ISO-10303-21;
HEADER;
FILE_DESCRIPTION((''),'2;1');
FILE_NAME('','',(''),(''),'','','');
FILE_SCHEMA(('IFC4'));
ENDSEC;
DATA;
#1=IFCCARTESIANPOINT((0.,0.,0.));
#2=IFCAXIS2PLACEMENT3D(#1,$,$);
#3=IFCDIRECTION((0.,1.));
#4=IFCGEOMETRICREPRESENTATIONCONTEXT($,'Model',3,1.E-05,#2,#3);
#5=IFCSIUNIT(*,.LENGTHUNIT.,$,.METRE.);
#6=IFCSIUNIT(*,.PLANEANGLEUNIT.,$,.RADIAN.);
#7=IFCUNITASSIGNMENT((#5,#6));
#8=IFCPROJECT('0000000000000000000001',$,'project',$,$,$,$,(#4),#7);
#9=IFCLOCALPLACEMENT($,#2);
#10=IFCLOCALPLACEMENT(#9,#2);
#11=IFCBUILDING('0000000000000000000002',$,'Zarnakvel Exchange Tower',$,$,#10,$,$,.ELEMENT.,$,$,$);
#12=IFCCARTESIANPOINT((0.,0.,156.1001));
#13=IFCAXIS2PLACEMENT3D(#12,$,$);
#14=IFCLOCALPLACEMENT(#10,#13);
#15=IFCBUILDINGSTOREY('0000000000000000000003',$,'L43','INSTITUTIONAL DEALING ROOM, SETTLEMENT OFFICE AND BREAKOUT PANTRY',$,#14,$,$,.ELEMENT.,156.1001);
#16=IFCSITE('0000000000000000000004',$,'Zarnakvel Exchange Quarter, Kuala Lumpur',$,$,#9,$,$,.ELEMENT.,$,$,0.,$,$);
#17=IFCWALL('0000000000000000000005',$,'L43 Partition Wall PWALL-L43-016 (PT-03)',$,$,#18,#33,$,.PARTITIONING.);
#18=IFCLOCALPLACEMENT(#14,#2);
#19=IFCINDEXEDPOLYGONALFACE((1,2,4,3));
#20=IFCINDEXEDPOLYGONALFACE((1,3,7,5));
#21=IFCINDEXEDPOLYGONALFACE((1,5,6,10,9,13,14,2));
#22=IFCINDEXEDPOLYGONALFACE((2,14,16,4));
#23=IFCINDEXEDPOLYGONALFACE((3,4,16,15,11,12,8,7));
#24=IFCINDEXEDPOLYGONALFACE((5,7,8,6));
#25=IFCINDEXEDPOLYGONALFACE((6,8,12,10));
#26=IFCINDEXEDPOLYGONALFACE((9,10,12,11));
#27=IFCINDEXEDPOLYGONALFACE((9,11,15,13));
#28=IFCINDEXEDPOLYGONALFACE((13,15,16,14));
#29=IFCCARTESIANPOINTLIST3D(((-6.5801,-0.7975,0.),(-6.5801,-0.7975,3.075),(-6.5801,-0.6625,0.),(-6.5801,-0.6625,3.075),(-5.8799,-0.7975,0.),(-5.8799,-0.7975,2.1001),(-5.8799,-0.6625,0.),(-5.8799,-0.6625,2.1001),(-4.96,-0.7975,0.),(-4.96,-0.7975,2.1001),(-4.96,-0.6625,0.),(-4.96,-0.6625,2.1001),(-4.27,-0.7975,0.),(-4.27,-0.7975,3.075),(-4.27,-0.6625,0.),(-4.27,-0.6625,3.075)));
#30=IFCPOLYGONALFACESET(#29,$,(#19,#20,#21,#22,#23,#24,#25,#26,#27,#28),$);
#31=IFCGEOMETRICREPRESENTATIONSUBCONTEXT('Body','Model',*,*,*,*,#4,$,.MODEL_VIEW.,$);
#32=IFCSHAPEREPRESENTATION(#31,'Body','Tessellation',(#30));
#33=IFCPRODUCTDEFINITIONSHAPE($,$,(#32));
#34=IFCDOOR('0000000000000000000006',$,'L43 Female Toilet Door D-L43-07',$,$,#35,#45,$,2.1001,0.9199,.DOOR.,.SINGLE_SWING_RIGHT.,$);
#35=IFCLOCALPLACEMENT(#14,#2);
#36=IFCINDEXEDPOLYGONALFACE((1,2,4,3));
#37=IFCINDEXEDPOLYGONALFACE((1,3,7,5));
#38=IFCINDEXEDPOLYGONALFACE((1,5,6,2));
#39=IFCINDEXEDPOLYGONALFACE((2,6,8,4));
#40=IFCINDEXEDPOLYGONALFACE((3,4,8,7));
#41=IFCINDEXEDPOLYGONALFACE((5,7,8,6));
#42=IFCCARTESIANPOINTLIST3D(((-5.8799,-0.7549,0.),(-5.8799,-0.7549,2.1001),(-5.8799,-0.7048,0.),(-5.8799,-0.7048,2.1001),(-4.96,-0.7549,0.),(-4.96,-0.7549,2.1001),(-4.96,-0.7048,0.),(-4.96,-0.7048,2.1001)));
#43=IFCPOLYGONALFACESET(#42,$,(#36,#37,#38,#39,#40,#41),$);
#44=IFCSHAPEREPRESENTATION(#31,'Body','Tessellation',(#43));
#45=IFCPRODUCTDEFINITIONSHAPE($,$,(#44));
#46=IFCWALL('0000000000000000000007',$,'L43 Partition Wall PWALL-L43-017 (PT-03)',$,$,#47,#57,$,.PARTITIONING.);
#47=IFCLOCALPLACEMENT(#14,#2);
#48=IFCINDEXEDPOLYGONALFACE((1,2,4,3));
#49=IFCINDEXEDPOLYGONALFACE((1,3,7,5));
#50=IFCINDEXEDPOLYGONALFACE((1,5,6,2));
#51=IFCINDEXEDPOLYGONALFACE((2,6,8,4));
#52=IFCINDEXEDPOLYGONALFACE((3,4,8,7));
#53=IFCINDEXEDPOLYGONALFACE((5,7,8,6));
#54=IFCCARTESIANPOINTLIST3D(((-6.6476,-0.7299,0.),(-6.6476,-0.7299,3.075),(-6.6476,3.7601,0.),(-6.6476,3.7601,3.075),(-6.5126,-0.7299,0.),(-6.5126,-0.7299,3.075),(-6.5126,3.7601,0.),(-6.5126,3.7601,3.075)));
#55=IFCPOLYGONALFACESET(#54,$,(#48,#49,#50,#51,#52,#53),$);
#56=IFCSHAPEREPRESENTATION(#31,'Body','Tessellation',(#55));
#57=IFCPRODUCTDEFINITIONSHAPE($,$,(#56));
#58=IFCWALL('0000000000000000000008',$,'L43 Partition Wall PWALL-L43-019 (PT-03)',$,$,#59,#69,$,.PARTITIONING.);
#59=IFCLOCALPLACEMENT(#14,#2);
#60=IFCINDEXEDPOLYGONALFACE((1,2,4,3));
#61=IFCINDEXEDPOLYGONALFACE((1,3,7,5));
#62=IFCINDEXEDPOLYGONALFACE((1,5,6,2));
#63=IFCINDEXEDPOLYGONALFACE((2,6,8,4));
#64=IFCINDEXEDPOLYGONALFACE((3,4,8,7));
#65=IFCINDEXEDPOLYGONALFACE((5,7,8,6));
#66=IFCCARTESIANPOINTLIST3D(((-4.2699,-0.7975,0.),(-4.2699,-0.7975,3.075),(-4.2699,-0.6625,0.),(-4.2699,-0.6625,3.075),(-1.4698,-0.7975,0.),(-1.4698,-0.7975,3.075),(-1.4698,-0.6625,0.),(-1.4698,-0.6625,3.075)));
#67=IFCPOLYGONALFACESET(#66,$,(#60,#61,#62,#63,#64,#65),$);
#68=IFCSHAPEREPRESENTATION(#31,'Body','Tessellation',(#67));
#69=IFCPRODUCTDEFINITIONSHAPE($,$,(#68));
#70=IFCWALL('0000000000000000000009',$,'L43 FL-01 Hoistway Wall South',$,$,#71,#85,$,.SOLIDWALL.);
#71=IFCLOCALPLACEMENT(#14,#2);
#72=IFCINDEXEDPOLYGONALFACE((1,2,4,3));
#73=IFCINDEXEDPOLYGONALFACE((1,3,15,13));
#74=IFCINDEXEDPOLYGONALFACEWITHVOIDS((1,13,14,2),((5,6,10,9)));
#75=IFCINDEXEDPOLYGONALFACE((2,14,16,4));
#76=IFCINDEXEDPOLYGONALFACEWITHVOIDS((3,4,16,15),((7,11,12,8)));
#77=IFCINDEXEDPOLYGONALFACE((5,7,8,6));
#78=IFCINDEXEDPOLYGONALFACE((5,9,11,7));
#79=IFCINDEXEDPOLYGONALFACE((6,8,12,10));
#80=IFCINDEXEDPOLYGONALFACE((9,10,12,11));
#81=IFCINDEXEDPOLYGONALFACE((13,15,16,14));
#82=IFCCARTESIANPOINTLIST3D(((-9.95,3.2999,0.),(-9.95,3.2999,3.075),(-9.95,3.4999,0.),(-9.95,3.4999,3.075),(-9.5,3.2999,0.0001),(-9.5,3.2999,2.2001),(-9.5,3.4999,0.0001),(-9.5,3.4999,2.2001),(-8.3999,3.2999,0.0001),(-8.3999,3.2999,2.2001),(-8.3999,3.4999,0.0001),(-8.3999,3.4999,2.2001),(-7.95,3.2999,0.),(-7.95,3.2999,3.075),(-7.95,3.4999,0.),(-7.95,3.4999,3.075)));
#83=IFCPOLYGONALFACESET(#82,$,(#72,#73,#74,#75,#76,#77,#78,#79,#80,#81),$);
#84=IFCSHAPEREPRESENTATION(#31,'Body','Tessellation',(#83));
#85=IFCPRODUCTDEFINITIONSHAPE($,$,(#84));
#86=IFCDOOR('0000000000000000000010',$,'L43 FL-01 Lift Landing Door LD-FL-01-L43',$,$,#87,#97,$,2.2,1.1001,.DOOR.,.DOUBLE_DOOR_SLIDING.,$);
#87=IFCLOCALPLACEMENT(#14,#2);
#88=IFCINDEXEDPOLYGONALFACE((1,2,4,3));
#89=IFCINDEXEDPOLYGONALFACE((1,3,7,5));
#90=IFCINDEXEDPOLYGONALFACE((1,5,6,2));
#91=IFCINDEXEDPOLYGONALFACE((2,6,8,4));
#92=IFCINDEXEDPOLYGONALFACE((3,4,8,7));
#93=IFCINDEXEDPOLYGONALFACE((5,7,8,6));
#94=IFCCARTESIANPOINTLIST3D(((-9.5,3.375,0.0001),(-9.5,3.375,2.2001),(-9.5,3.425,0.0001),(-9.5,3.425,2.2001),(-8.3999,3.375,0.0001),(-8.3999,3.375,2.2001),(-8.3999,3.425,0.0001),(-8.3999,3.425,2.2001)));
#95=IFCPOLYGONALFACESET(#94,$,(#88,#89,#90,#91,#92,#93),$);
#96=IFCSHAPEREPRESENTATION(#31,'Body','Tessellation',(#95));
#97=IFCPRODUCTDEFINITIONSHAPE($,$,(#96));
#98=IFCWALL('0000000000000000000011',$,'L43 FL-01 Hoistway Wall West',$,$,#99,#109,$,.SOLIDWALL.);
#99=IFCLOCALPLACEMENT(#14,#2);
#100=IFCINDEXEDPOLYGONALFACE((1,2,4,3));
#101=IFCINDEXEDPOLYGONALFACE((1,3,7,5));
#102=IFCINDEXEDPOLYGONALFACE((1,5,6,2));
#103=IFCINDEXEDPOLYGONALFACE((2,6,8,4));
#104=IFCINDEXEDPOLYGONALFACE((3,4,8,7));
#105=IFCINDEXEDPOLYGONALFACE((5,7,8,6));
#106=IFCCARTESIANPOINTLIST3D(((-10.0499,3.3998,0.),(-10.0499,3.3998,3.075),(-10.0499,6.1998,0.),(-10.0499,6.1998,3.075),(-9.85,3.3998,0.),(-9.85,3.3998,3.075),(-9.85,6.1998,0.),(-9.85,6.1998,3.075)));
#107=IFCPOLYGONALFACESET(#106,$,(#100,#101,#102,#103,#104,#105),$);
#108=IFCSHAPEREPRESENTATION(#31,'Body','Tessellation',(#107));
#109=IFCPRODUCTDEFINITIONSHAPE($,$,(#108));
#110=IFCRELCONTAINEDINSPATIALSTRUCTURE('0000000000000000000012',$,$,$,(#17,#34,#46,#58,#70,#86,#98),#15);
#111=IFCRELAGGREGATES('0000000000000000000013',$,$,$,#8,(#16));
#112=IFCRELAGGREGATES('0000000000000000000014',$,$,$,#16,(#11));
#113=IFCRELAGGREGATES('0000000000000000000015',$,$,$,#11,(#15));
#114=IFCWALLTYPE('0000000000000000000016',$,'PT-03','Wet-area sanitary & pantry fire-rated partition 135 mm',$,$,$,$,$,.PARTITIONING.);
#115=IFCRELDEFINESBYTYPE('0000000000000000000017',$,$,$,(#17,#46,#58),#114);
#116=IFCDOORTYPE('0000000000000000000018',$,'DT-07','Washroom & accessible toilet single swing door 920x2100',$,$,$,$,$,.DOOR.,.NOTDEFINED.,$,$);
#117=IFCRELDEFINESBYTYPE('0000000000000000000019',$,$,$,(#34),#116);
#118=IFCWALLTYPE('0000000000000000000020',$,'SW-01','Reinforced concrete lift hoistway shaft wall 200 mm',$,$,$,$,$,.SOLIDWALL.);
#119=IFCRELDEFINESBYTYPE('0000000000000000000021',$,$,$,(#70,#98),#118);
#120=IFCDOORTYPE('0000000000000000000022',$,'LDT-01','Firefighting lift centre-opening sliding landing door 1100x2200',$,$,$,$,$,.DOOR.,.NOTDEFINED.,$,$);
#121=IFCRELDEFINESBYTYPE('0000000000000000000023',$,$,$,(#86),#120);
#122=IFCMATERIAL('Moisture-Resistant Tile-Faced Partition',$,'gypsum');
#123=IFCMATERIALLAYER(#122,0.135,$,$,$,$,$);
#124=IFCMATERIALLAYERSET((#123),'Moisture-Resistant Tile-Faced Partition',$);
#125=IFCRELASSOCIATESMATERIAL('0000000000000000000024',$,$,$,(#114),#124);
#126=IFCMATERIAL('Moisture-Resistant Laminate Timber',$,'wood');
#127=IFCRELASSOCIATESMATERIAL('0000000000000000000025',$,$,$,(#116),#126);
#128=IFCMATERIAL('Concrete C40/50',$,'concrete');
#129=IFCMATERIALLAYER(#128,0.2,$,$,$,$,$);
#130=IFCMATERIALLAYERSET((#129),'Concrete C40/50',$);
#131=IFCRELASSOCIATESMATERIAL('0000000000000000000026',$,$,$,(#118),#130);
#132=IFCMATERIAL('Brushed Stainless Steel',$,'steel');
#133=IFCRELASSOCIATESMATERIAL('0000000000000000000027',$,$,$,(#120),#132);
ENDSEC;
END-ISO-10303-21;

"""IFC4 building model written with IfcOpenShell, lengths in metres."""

from ifc_helpers import new_model, si_unit, direction, frame, frame_2d, origin, place, context, subcontext, project, spatial, rectangle, extrude, source, transform, mapped, material, layer, layer_set, type_object, element, fill, save


model = new_model("IFC4")

# Units and contexts
model_context = context("Model", 3, precision=1e-05, world=origin(), true_north=direction((0.0, 1.0)))
body_context = subcontext(model_context, "Body", "Model", "MODEL_VIEW")
ifc_project = project(units=[si_unit("LENGTHUNIT", "METRE"), si_unit("PLANEANGLEUNIT", "RADIAN")], contexts=[model_context])

# Site, building, storey
site_placement = place(None, origin())
site = spatial("IfcSite", under=ifc_project, at=site_placement, Name="Zarnakvel Exchange Quarter, Kuala Lumpur", CompositionType="ELEMENT", RefElevation=0.0)
building_placement = place(site_placement, origin())
building = spatial("IfcBuilding", under=site, at=building_placement, Name="Zarnakvel Exchange Tower", CompositionType="ELEMENT")
storey_placement = place(building_placement, frame((0.0, 0.0, 156.1001)))
storey = spatial("IfcBuildingStorey", under=building, at=storey_placement, Name="L43", Description="INSTITUTIONAL DEALING ROOM, SETTLEMENT OFFICE AND BREAKOUT PANTRY", CompositionType="ELEMENT", Elevation=156.1001)

# Shared definitions
ifc_material_1 = material(Name="Concrete C40/50", Category="concrete")

# Wall, opening, door
ifc_material_2 = material(Name="Moisture-Resistant Tile-Faced Partition", Category="gypsum")
ifc_layer_1 = layer(ifc_material_2, 0.135)
ifc_layer_set_1 = layer_set([ifc_layer_1], Name="Moisture-Resistant Tile-Faced Partition")
wall_type_1 = type_object("IfcWallType", Name="PT-03", Description="Wet-area sanitary & pantry fire-rated partition 135 mm", PredefinedType="PARTITIONING", material=ifc_layer_set_1)
wall_1_placement = place(storey_placement, frame((-4.27, -0.73, 0.0), z_axis=(0.0, 0.0, 1.0), x_axis=(-1.0, 0.0, 0.0)))
wall_1 = element("IfcWall", 1, at=wall_1_placement, inside=storey, type_object=wall_type_1, Name="L43 Partition Wall PWALL-L43-016 (PT-03)", PredefinedType="PARTITIONING", context=body_context, shape_type="SweptSolid", body=[
    extrude(rectangle(XDim=2.3101, YDim=0.135, at=frame_2d((1.155, 0.0))), origin(), (0.0, 0.0, 1.0), 3.075),
])
opening_1_placement = place(wall_1_placement, frame((0.6899, 0.0, 0.0)))
opening_1 = element("IfcOpeningElement", 2, at=opening_1_placement, cuts=wall_1, PredefinedType="OPENING", context=body_context, shape_type="SweptSolid", body=[
    extrude(rectangle(XDim=0.9199, YDim=2.1001, at=frame_2d((0.46, 1.05))), frame((0.0, 0.0774, 0.0), z_axis=(0.0, -1.0, 0.0), x_axis=(1.0, 0.0, 0.0)), (0.0, 0.0, 1.0), 0.155),
])
ifc_material_3 = material(Name="Moisture-Resistant Laminate Timber", Category="wood")
door_type_1 = type_object("IfcDoorType", Name="DT-07", Description="Washroom & accessible toilet single swing door 920x2100", OperationType="NOTDEFINED", PredefinedType="DOOR", material=ifc_material_3)
shared_shape_1 = source(origin(), body_context, "Body", "SweptSolid", [
    extrude(rectangle(XDim=0.9199, YDim=2.1001, at=frame_2d((0.46, 1.05))), frame((0.0, 0.0249, 0.0), z_axis=(0.0, -1.0, 0.0), x_axis=(1.0, 0.0, 0.0)), (0.0, 0.0, 1.0), 0.05),
])
door_1_placement = place(opening_1_placement, origin())
door_1 = element("IfcDoor", 3, at=door_1_placement, inside=storey, type_object=door_type_1, Name="L43 Female Toilet Door D-L43-07", OperationType="SINGLE_SWING_RIGHT", OverallHeight=2.1001, OverallWidth=0.9199, PredefinedType="DOOR", context=body_context, shape_type="MappedRepresentation", body=[
    mapped(shared_shape_1, transform((0.0, 0.0, 0.0), x_axis=(1.0, 0.0, 0.0), y_axis=(0.0, 1.0, 0.0), z_axis=(0.0, 0.0, 1.0), scale=1.0)),
])
fill(opening_1, door_1)

# Walls
wall_2_placement = place(storey_placement, frame((-6.5801, -0.73, 0.0), z_axis=(0.0, 0.0, 1.0), x_axis=(0.0, 1.0, 0.0)))
element("IfcWall", 4, at=wall_2_placement, inside=storey, type_object=wall_type_1, Name="L43 Partition Wall PWALL-L43-017 (PT-03)", PredefinedType="PARTITIONING", context=body_context, shape_type="SweptSolid", body=[
    extrude(rectangle(XDim=4.49, YDim=0.135, at=frame_2d((2.2451, 0.0))), origin(), (0.0, 0.0, 1.0), 3.075),
])
wall_3_placement = place(storey_placement, frame((-1.47, -0.73, 0.0), z_axis=(0.0, 0.0, 1.0), x_axis=(-1.0, 0.0, 0.0)))
element("IfcWall", 5, at=wall_3_placement, inside=storey, type_object=wall_type_1, Name="L43 Partition Wall PWALL-L43-019 (PT-03)", PredefinedType="PARTITIONING", context=body_context, shape_type="SweptSolid", body=[
    extrude(rectangle(XDim=2.8, YDim=0.135, at=frame_2d((1.3999, 0.0))), origin(), (0.0, 0.0, 1.0), 3.075),
])

# Wall, opening, door
ifc_layer_2 = layer(ifc_material_1, 0.2)
ifc_layer_set_2 = layer_set([ifc_layer_2], Name="Concrete C40/50")
wall_type_2 = type_object("IfcWallType", Name="SW-01", Description="Reinforced concrete lift hoistway shaft wall 200 mm", PredefinedType="SOLIDWALL", material=ifc_layer_set_2)
wall_4_placement = place(storey_placement, frame((-7.95, 3.3999, 0.0), z_axis=(0.0, 0.0, 1.0), x_axis=(-1.0, 0.0, 0.0)))
wall_4 = element("IfcWall", 6, at=wall_4_placement, inside=storey, type_object=wall_type_2, Name="L43 FL-01 Hoistway Wall South", PredefinedType="SOLIDWALL", context=body_context, shape_type="SweptSolid", body=[
    extrude(rectangle(XDim=2.0, YDim=0.2, at=frame_2d((1.0, 0.0))), origin(), (0.0, 0.0, 1.0), 3.075),
])
opening_2_placement = place(wall_4_placement, frame((0.45, 0.0, 0.0)))
opening_2 = element("IfcOpeningElement", 7, at=opening_2_placement, cuts=wall_4, PredefinedType="OPENING", context=body_context, shape_type="SweptSolid", body=[
    extrude(rectangle(XDim=1.1001, YDim=2.2, at=frame_2d((0.55, 1.1001))), frame((0.0, 0.1099, 0.0), z_axis=(0.0, -1.0, 0.0), x_axis=(1.0, 0.0, 0.0)), (0.0, 0.0, 1.0), 0.22),
])
ifc_material_4 = material(Name="Brushed Stainless Steel", Category="steel")
door_type_2 = type_object("IfcDoorType", Name="LDT-01", Description="Firefighting lift centre-opening sliding landing door 1100x2200", OperationType="NOTDEFINED", PredefinedType="DOOR", material=ifc_material_4)
shared_shape_2 = source(origin(), body_context, "Body", "SweptSolid", [
    extrude(rectangle(XDim=1.1001, YDim=2.2, at=frame_2d((0.55, 1.1001))), frame((0.0, 0.0249, 0.0), z_axis=(0.0, -1.0, 0.0), x_axis=(1.0, 0.0, 0.0)), (0.0, 0.0, 1.0), 0.05),
])
door_2_placement = place(opening_2_placement, origin())
door_2 = element("IfcDoor", 8, at=door_2_placement, inside=storey, type_object=door_type_2, Name="L43 FL-01 Lift Landing Door LD-FL-01-L43", OperationType="DOUBLE_DOOR_SLIDING", OverallHeight=2.2, OverallWidth=1.1001, PredefinedType="DOOR", context=body_context, shape_type="MappedRepresentation", body=[
    mapped(shared_shape_2, transform((0.0, 0.0, 0.0), x_axis=(1.0, 0.0, 0.0), y_axis=(0.0, 1.0, 0.0), z_axis=(0.0, 0.0, 1.0), scale=1.0)),
])
fill(opening_2, door_2)

# Wall
wall_5_placement = place(storey_placement, frame((-9.95, 3.3999, 0.0), z_axis=(0.0, 0.0, 1.0), x_axis=(0.0, 1.0, 0.0)))
element("IfcWall", 9, at=wall_5_placement, inside=storey, type_object=wall_type_2, Name="L43 FL-01 Hoistway Wall West", PredefinedType="SOLIDWALL", context=body_context, shape_type="SweptSolid", body=[
    extrude(rectangle(XDim=2.8, YDim=0.2, at=frame_2d((1.3999, 0.0))), origin(), (0.0, 0.0, 1.0), 3.075),
])

save(model, "model.ifc")
